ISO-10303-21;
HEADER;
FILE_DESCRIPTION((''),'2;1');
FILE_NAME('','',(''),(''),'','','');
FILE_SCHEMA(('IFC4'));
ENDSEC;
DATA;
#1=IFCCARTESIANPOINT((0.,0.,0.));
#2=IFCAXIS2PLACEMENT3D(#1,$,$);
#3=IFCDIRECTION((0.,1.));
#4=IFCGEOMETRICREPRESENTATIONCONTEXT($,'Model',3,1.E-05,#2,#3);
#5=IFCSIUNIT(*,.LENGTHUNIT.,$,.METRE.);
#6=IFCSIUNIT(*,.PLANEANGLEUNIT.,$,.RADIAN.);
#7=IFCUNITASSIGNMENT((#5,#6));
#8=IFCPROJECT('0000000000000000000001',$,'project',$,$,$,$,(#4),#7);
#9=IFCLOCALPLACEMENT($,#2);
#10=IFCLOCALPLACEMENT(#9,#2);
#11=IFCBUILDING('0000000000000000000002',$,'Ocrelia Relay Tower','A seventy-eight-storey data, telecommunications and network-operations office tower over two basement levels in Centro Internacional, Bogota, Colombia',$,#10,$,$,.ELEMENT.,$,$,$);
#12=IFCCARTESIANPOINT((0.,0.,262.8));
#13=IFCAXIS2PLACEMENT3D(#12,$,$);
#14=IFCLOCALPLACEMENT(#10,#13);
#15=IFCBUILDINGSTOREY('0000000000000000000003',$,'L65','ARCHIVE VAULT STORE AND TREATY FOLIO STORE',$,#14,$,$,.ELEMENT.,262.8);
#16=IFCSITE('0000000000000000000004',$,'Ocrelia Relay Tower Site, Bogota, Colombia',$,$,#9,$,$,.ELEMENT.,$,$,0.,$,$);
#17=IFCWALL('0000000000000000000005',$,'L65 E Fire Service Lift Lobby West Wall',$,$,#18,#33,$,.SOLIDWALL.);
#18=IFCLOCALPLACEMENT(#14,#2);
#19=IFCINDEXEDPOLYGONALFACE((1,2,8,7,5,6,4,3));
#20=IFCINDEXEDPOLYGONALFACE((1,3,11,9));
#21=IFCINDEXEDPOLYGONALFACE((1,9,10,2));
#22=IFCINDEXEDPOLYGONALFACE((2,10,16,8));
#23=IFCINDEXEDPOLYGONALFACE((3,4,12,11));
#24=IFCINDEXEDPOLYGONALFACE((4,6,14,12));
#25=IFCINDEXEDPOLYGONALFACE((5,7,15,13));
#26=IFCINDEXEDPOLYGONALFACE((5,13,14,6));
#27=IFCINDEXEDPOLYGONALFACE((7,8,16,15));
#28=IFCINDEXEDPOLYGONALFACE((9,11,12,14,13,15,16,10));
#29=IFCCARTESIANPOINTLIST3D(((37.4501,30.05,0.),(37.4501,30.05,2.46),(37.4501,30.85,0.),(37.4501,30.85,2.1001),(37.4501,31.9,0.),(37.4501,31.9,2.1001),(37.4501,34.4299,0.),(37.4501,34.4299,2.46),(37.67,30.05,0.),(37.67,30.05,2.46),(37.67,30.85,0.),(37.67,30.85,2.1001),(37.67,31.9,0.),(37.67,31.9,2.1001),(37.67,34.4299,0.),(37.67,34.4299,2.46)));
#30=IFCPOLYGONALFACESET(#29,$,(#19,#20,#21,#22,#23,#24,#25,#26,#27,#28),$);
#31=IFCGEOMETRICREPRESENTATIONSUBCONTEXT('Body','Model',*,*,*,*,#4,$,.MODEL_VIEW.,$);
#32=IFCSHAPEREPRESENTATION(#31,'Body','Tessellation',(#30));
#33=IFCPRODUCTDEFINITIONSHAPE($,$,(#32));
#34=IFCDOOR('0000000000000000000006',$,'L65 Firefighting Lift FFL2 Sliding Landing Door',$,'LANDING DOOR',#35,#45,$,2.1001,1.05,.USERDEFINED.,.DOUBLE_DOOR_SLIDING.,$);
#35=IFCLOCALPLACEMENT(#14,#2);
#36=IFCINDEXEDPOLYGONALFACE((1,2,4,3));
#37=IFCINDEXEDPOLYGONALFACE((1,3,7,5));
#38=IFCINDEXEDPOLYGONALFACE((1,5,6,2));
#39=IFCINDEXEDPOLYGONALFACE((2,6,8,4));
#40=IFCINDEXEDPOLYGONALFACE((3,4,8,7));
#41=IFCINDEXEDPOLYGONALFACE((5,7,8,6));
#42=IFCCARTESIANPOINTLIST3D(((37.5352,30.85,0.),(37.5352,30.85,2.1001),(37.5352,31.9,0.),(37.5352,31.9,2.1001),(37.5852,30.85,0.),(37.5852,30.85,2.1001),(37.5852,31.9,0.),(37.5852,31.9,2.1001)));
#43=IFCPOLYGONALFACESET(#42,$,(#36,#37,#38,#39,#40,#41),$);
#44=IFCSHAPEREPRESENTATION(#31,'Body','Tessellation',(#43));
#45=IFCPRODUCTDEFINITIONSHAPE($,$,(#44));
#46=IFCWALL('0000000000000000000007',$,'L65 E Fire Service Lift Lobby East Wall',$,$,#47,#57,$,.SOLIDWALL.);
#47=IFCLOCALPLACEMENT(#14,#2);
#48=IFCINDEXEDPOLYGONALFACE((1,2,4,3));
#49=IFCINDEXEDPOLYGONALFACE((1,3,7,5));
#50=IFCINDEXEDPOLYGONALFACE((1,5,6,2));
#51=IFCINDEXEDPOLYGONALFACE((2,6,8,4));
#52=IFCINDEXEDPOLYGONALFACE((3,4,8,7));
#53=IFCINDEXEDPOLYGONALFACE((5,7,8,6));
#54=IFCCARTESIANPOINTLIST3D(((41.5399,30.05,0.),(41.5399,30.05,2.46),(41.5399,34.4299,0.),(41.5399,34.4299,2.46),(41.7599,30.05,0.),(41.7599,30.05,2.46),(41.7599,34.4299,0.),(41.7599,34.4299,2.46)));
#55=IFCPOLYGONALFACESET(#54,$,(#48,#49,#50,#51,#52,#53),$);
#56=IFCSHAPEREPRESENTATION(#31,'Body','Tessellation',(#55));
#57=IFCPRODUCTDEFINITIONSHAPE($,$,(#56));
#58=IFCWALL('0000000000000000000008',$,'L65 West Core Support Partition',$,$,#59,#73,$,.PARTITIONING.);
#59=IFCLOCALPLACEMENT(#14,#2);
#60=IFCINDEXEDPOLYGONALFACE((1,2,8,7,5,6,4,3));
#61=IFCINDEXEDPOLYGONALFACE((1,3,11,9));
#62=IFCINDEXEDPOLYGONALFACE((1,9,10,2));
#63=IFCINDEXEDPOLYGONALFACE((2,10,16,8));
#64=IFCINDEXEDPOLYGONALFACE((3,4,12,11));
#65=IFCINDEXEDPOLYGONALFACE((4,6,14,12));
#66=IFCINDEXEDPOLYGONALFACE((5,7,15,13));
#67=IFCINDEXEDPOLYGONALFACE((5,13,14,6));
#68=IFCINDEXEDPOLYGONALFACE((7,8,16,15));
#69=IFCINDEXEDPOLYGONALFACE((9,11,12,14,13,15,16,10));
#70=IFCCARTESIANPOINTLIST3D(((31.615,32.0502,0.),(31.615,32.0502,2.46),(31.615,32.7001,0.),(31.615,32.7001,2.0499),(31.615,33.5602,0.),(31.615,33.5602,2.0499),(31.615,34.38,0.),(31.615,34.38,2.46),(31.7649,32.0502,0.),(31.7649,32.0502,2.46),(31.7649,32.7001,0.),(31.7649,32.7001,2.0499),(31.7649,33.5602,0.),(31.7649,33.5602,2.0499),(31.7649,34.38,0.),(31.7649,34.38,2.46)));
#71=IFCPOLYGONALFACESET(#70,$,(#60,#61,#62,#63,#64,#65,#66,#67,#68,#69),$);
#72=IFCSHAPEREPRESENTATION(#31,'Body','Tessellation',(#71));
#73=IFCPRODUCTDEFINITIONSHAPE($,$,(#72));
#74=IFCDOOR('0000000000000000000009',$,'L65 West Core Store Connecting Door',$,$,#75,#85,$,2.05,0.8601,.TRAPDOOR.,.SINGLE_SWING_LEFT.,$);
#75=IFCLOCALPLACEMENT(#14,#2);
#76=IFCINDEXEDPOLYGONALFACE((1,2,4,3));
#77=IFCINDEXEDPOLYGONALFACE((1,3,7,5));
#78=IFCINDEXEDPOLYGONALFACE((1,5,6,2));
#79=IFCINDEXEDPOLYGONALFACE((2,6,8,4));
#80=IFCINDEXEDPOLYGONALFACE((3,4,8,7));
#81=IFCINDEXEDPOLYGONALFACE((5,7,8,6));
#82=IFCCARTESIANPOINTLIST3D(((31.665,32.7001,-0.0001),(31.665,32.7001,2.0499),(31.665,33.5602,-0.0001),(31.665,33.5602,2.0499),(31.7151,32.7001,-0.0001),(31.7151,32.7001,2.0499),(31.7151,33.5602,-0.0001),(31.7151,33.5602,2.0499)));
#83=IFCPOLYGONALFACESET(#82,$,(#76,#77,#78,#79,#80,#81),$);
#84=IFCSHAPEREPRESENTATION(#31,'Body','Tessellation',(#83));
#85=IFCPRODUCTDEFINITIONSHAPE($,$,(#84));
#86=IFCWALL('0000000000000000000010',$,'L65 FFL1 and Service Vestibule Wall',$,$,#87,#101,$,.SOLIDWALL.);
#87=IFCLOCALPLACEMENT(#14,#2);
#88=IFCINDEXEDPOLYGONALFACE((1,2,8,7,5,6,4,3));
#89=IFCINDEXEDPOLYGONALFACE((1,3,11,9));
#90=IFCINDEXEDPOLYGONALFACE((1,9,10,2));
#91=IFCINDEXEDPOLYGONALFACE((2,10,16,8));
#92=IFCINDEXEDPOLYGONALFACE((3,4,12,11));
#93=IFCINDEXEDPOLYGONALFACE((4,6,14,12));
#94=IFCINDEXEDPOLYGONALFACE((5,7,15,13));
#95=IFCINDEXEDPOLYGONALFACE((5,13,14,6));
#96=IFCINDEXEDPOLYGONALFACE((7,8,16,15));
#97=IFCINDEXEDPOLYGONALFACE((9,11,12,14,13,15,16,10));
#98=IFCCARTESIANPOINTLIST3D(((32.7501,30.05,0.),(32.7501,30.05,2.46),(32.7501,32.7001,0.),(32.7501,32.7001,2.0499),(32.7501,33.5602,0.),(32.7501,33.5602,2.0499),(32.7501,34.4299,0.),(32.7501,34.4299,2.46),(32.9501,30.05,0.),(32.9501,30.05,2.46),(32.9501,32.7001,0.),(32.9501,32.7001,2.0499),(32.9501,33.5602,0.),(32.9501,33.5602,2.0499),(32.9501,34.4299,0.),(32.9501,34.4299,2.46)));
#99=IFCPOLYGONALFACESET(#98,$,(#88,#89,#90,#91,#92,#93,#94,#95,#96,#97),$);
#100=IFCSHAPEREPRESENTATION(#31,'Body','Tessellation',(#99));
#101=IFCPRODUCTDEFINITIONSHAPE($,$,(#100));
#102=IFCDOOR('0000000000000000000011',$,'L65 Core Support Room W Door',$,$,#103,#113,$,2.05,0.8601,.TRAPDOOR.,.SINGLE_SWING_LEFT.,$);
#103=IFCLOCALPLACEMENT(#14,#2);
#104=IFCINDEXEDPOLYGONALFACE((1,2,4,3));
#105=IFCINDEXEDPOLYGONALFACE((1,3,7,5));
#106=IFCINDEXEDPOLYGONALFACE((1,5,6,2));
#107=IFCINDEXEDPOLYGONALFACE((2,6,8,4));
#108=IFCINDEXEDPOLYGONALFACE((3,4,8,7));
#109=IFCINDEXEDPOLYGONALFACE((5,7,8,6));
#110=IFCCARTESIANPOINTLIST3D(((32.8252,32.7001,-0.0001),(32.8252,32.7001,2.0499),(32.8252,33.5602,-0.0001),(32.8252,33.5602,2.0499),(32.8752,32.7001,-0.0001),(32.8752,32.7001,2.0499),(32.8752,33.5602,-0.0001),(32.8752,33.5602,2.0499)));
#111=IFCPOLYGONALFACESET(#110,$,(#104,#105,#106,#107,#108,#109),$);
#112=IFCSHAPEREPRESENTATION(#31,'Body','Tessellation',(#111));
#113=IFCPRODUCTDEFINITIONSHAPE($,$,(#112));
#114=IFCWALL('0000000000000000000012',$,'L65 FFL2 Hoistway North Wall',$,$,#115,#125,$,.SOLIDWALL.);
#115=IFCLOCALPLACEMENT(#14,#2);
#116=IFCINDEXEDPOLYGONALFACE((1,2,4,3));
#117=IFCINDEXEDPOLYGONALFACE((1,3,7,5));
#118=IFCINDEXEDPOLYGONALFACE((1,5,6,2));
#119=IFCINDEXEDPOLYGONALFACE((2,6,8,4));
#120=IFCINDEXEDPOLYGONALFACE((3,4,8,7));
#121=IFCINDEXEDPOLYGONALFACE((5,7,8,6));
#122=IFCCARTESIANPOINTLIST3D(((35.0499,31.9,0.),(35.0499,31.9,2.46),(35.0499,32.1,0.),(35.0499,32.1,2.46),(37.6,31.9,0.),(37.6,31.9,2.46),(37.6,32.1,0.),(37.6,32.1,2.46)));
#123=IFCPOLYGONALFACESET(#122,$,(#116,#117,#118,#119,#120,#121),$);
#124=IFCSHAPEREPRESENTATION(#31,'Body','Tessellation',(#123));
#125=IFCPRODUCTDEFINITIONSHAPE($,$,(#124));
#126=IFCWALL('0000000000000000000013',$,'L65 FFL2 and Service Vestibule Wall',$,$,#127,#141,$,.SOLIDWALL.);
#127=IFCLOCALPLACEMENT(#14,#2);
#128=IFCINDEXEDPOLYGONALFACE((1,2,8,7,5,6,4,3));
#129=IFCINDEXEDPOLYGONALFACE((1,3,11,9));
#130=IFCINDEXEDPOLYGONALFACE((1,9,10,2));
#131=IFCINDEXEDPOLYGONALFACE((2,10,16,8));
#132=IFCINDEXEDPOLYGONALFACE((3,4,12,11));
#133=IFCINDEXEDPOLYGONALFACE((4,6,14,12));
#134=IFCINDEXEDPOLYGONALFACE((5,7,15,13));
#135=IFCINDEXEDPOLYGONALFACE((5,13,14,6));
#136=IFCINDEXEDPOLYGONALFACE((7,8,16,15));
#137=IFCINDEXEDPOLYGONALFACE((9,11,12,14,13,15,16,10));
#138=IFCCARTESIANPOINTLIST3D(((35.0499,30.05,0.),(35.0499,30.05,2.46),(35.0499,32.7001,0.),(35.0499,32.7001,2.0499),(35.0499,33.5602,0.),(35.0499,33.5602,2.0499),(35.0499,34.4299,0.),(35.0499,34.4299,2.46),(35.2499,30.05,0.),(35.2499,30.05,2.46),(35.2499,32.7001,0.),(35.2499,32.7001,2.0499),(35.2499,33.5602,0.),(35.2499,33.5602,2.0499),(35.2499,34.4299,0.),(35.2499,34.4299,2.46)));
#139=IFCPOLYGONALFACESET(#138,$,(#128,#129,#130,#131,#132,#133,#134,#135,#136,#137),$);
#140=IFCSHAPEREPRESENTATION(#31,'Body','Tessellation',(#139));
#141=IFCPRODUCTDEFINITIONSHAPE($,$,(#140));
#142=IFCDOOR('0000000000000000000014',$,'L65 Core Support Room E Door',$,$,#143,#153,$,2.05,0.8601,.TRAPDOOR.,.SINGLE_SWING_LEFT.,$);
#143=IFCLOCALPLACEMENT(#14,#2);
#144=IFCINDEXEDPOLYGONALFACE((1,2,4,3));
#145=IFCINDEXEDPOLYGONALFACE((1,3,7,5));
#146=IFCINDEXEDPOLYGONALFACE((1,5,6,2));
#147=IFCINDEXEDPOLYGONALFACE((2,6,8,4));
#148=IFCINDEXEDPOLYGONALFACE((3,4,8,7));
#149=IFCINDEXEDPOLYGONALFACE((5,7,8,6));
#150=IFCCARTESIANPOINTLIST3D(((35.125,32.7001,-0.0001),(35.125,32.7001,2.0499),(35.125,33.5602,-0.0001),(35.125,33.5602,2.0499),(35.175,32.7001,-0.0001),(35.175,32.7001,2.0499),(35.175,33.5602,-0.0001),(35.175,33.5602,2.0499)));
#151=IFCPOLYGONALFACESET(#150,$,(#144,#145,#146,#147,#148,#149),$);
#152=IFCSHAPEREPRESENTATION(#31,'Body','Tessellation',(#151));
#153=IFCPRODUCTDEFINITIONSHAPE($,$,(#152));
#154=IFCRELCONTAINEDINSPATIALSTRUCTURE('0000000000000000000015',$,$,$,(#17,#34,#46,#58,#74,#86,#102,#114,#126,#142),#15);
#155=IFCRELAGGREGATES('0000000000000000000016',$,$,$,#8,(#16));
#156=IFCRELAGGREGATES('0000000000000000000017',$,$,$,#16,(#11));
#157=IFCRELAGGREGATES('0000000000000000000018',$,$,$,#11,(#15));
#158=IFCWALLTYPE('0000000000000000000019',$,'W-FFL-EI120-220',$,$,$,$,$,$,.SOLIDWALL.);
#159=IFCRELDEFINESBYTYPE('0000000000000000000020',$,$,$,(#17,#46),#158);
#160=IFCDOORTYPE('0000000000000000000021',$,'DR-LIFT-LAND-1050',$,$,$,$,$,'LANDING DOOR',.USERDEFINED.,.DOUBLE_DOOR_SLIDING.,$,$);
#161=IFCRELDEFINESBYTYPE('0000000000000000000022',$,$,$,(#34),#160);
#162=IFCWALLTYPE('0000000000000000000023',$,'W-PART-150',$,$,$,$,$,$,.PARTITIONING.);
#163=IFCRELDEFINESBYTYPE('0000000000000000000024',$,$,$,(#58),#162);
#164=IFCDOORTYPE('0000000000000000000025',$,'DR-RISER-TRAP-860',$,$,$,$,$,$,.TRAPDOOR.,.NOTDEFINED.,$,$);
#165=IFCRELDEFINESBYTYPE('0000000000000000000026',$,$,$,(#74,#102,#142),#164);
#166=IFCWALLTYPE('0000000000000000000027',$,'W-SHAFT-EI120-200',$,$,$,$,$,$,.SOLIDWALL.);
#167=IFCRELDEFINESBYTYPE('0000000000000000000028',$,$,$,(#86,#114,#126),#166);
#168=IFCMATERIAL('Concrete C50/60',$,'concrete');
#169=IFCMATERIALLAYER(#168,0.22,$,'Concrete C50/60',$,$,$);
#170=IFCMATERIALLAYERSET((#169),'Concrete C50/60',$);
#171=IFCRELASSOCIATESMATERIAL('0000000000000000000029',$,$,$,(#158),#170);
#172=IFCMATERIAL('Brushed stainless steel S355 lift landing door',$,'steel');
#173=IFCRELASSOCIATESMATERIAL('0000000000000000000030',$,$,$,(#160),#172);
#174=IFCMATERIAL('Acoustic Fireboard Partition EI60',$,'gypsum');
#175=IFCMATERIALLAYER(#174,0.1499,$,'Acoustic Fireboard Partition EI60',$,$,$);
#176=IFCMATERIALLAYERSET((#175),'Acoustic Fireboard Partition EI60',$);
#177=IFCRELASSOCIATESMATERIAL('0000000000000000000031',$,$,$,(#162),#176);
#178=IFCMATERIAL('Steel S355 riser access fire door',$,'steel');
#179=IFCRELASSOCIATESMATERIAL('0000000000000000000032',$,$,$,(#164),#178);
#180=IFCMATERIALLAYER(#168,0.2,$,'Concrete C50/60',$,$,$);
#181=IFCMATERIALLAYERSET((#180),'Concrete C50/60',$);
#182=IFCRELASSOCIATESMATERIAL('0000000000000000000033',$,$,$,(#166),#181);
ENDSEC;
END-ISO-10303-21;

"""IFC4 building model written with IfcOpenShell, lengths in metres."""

from ifc_helpers import new_model, si_unit, direction, frame, frame_2d, origin, place, context, subcontext, project, spatial, rectangle, extrude, material, layer, layer_set, type_object, element, fill, save


model = new_model("IFC4")

# Units and contexts
model_context = context("Model", 3, precision=1e-05, world=origin(), true_north=direction((0.0, 1.0)))
body_context = subcontext(model_context, "Body", "Model", "MODEL_VIEW")
ifc_project = project(units=[si_unit("LENGTHUNIT", "METRE"), si_unit("PLANEANGLEUNIT", "RADIAN")], contexts=[model_context])

# Site, building, storey
site_placement = place(None, origin())
site = spatial("IfcSite", under=ifc_project, at=site_placement, Name="Ocrelia Relay Tower Site, Bogota, Colombia", CompositionType="ELEMENT", RefElevation=0.0)
building_placement = place(site_placement, origin())
building = spatial("IfcBuilding", under=site, at=building_placement, Name="Ocrelia Relay Tower", Description="A seventy-eight-storey data, telecommunications and network-operations office tower over two basement levels in Centro Internacional, Bogota, Colombia", CompositionType="ELEMENT")
storey_placement = place(building_placement, frame((0.0, 0.0, 262.8)))
storey = spatial("IfcBuildingStorey", under=building, at=storey_placement, Name="L65", Description="ARCHIVE VAULT STORE AND TREATY FOLIO STORE", CompositionType="ELEMENT", Elevation=262.8)

# Wall, opening, door
ifc_material_1 = material(Name="Concrete C50/60", Category="concrete")
ifc_layer_1 = layer(ifc_material_1, 0.22, Name="Concrete C50/60")
ifc_layer_set_1 = layer_set([ifc_layer_1], Name="Concrete C50/60")
wall_type_1 = type_object("IfcWallType", Name="W-FFL-EI120-220", PredefinedType="SOLIDWALL", material=ifc_layer_set_1)
wall_1_placement = place(storey_placement, frame((37.5601, 30.05, 0.0), z_axis=(0.0, 0.0, 1.0), x_axis=(0.0, 1.0, 0.0)))
wall_1 = element("IfcWall", 1, at=wall_1_placement, inside=storey, type_object=wall_type_1, Name="L65 E Fire Service Lift Lobby West Wall", PredefinedType="SOLIDWALL", context=body_context, shape_type="SweptSolid", body=[
    extrude(rectangle(XDim=4.3799, YDim=0.22, at=frame_2d((2.1899, 0.0))), origin(), (0.0, 0.0, 1.0), 2.46),
])
opening_1_placement = place(wall_1_placement, frame((0.8, 0.0, 0.0)))
opening_1 = element("IfcOpeningElement", 2, at=opening_1_placement, cuts=wall_1, PredefinedType="OPENING", context=body_context, shape_type="SweptSolid", body=[
    extrude(rectangle(XDim=1.05, YDim=2.1001, at=frame_2d((0.5249, 1.05))), frame((0.0, 0.1201, 0.0), z_axis=(0.0, -1.0, 0.0), x_axis=(1.0, 0.0, 0.0)), (0.0, 0.0, 1.0), 0.24),
])
ifc_material_2 = material(Name="Brushed stainless steel S355 lift landing door", Category="steel")
door_type_1 = type_object("IfcDoorType", Name="DR-LIFT-LAND-1050", ElementType="LANDING DOOR", OperationType="DOUBLE_DOOR_SLIDING", PredefinedType="USERDEFINED", material=ifc_material_2)
door_1_placement = place(opening_1_placement, origin())
door_1 = element("IfcDoor", 3, at=door_1_placement, inside=storey, type_object=door_type_1, Name="L65 Firefighting Lift FFL2 Sliding Landing Door", ObjectType="LANDING DOOR", OperationType="DOUBLE_DOOR_SLIDING", OverallHeight=2.1001, OverallWidth=1.05, PredefinedType="USERDEFINED", context=body_context, shape_type="SweptSolid", body=[
    extrude(rectangle(XDim=1.05, YDim=2.1001, at=frame_2d((0.5249, 1.05))), frame((0.0, 0.0249, 0.0), z_axis=(0.0, -1.0, 0.0), x_axis=(1.0, 0.0, 0.0)), (0.0, 0.0, 1.0), 0.05),
])
fill(opening_1, door_1)

# Wall
wall_2_placement = place(storey_placement, frame((41.6499, 30.05, 0.0), z_axis=(0.0, 0.0, 1.0), x_axis=(0.0, 1.0, 0.0)))
element("IfcWall", 4, at=wall_2_placement, inside=storey, type_object=wall_type_1, Name="L65 E Fire Service Lift Lobby East Wall", PredefinedType="SOLIDWALL", context=body_context, shape_type="SweptSolid", body=[
    extrude(rectangle(XDim=4.3799, YDim=0.22, at=frame_2d((2.1899, 0.0))), origin(), (0.0, 0.0, 1.0), 2.46),
])

# Walls, openings, doors
ifc_material_3 = material(Name="Acoustic Fireboard Partition EI60", Category="gypsum")
ifc_layer_2 = layer(ifc_material_3, 0.1499, Name="Acoustic Fireboard Partition EI60")
ifc_layer_set_2 = layer_set([ifc_layer_2], Name="Acoustic Fireboard Partition EI60")
wall_type_2 = type_object("IfcWallType", Name="W-PART-150", PredefinedType="PARTITIONING", material=ifc_layer_set_2)
wall_3_placement = place(storey_placement, frame((31.6899, 32.05, 0.0), z_axis=(0.0, 0.0, 1.0), x_axis=(0.0, 1.0, 0.0)))
wall_3 = element("IfcWall", 5, at=wall_3_placement, inside=storey, type_object=wall_type_2, Name="L65 West Core Support Partition", PredefinedType="PARTITIONING", context=body_context, shape_type="SweptSolid", body=[
    extrude(rectangle(XDim=2.3298, YDim=0.1499, at=frame_2d((1.165, 0.0))), origin(), (0.0, 0.0, 1.0), 2.46),
])
opening_2_placement = place(wall_3_placement, frame((0.6499, 0.0, 0.0)))
opening_2 = element("IfcOpeningElement", 6, at=opening_2_placement, cuts=wall_3, PredefinedType="OPENING", context=body_context, shape_type="SweptSolid", body=[
    extrude(rectangle(XDim=0.8601, YDim=2.05, at=frame_2d((0.4302, 1.0249))), frame((0.0, 0.085, 0.0), z_axis=(0.0, -1.0, 0.0), x_axis=(1.0, 0.0, 0.0)), (0.0, 0.0, 1.0), 0.1699),
])
ifc_material_4 = material(Name="Steel S355 riser access fire door", Category="steel")
door_type_2 = type_object("IfcDoorType", Name="DR-RISER-TRAP-860", OperationType="NOTDEFINED", PredefinedType="TRAPDOOR", material=ifc_material_4)
door_2_placement = place(opening_2_placement, origin())
door_2 = element("IfcDoor", 7, at=door_2_placement, inside=storey, type_object=door_type_2, Name="L65 West Core Store Connecting Door", OperationType="SINGLE_SWING_LEFT", OverallHeight=2.05, OverallWidth=0.8601, PredefinedType="TRAPDOOR", context=body_context, shape_type="SweptSolid", body=[
    extrude(rectangle(XDim=0.8601, YDim=2.05, at=frame_2d((0.4302, 1.0249))), frame((0.0, 0.0249, 0.0), z_axis=(0.0, -1.0, 0.0), x_axis=(1.0, 0.0, 0.0)), (0.0, 0.0, 1.0), 0.05),
])
fill(opening_2, door_2)
ifc_layer_3 = layer(ifc_material_1, 0.2, Name="Concrete C50/60")
ifc_layer_set_3 = layer_set([ifc_layer_3], Name="Concrete C50/60")
wall_type_3 = type_object("IfcWallType", Name="W-SHAFT-EI120-200", PredefinedType="SOLIDWALL", material=ifc_layer_set_3)
wall_4_placement = place(storey_placement, frame((32.8501, 30.05, 0.0), z_axis=(0.0, 0.0, 1.0), x_axis=(0.0, 1.0, 0.0)))
wall_4 = element("IfcWall", 8, at=wall_4_placement, inside=storey, type_object=wall_type_3, Name="L65 FFL1 and Service Vestibule Wall", PredefinedType="SOLIDWALL", context=body_context, shape_type="SweptSolid", body=[
    extrude(rectangle(XDim=4.3799, YDim=0.2, at=frame_2d((2.1899, 0.0))), origin(), (0.0, 0.0, 1.0), 2.46),
])
opening_3_placement = place(wall_4_placement, frame((2.6499, 0.0, 0.0)))
opening_3 = element("IfcOpeningElement", 9, at=opening_3_placement, cuts=wall_4, PredefinedType="OPENING", context=body_context, shape_type="SweptSolid", body=[
    extrude(rectangle(XDim=0.8601, YDim=2.05, at=frame_2d((0.4302, 1.0249))), frame((0.0, 0.1099, 0.0), z_axis=(0.0, -1.0, 0.0), x_axis=(1.0, 0.0, 0.0)), (0.0, 0.0, 1.0), 0.22),
])
door_3_placement = place(opening_3_placement, origin())
door_3 = element("IfcDoor", 10, at=door_3_placement, inside=storey, type_object=door_type_2, Name="L65 Core Support Room W Door", OperationType="SINGLE_SWING_LEFT", OverallHeight=2.05, OverallWidth=0.8601, PredefinedType="TRAPDOOR", context=body_context, shape_type="SweptSolid", body=[
    extrude(rectangle(XDim=0.8601, YDim=2.05, at=frame_2d((0.4302, 1.0249))), frame((0.0, 0.0249, 0.0), z_axis=(0.0, -1.0, 0.0), x_axis=(1.0, 0.0, 0.0)), (0.0, 0.0, 1.0), 0.05),
])
fill(opening_3, door_3)

# Wall
wall_5_placement = place(storey_placement, frame((35.05, 32.0, 0.0), z_axis=(0.0, 0.0, 1.0), x_axis=(1.0, 0.0, 0.0)))
element("IfcWall", 11, at=wall_5_placement, inside=storey, type_object=wall_type_3, Name="L65 FFL2 Hoistway North Wall", PredefinedType="SOLIDWALL", context=body_context, shape_type="SweptSolid", body=[
    extrude(rectangle(XDim=2.55, YDim=0.2, at=frame_2d((1.2749, 0.0))), origin(), (0.0, 0.0, 1.0), 2.46),
])

# Wall, opening, door
wall_6_placement = place(storey_placement, frame((35.1499, 30.05, 0.0), z_axis=(0.0, 0.0, 1.0), x_axis=(0.0, 1.0, 0.0)))
wall_6 = element("IfcWall", 12, at=wall_6_placement, inside=storey, type_object=wall_type_3, Name="L65 FFL2 and Service Vestibule Wall", PredefinedType="SOLIDWALL", context=body_context, shape_type="SweptSolid", body=[
    extrude(rectangle(XDim=4.3799, YDim=0.2, at=frame_2d((2.1899, 0.0))), origin(), (0.0, 0.0, 1.0), 2.46),
])
opening_4_placement = place(wall_6_placement, frame((2.6499, 0.0, 0.0)))
opening_4 = element("IfcOpeningElement", 13, at=opening_4_placement, cuts=wall_6, PredefinedType="OPENING", context=body_context, shape_type="SweptSolid", body=[
    extrude(rectangle(XDim=0.8601, YDim=2.05, at=frame_2d((0.4302, 1.0249))), frame((0.0, 0.1099, 0.0), z_axis=(0.0, -1.0, 0.0), x_axis=(1.0, 0.0, 0.0)), (0.0, 0.0, 1.0), 0.22),
])
door_4_placement = place(opening_4_placement, origin())
door_4 = element("IfcDoor", 14, at=door_4_placement, inside=storey, type_object=door_type_2, Name="L65 Core Support Room E Door", OperationType="SINGLE_SWING_LEFT", OverallHeight=2.05, OverallWidth=0.8601, PredefinedType="TRAPDOOR", context=body_context, shape_type="SweptSolid", body=[
    extrude(rectangle(XDim=0.8601, YDim=2.05, at=frame_2d((0.4302, 1.0249))), frame((0.0, 0.0249, 0.0), z_axis=(0.0, -1.0, 0.0), x_axis=(1.0, 0.0, 0.0)), (0.0, 0.0, 1.0), 0.05),
])
fill(opening_4, door_4)

save(model, "model.ifc")
